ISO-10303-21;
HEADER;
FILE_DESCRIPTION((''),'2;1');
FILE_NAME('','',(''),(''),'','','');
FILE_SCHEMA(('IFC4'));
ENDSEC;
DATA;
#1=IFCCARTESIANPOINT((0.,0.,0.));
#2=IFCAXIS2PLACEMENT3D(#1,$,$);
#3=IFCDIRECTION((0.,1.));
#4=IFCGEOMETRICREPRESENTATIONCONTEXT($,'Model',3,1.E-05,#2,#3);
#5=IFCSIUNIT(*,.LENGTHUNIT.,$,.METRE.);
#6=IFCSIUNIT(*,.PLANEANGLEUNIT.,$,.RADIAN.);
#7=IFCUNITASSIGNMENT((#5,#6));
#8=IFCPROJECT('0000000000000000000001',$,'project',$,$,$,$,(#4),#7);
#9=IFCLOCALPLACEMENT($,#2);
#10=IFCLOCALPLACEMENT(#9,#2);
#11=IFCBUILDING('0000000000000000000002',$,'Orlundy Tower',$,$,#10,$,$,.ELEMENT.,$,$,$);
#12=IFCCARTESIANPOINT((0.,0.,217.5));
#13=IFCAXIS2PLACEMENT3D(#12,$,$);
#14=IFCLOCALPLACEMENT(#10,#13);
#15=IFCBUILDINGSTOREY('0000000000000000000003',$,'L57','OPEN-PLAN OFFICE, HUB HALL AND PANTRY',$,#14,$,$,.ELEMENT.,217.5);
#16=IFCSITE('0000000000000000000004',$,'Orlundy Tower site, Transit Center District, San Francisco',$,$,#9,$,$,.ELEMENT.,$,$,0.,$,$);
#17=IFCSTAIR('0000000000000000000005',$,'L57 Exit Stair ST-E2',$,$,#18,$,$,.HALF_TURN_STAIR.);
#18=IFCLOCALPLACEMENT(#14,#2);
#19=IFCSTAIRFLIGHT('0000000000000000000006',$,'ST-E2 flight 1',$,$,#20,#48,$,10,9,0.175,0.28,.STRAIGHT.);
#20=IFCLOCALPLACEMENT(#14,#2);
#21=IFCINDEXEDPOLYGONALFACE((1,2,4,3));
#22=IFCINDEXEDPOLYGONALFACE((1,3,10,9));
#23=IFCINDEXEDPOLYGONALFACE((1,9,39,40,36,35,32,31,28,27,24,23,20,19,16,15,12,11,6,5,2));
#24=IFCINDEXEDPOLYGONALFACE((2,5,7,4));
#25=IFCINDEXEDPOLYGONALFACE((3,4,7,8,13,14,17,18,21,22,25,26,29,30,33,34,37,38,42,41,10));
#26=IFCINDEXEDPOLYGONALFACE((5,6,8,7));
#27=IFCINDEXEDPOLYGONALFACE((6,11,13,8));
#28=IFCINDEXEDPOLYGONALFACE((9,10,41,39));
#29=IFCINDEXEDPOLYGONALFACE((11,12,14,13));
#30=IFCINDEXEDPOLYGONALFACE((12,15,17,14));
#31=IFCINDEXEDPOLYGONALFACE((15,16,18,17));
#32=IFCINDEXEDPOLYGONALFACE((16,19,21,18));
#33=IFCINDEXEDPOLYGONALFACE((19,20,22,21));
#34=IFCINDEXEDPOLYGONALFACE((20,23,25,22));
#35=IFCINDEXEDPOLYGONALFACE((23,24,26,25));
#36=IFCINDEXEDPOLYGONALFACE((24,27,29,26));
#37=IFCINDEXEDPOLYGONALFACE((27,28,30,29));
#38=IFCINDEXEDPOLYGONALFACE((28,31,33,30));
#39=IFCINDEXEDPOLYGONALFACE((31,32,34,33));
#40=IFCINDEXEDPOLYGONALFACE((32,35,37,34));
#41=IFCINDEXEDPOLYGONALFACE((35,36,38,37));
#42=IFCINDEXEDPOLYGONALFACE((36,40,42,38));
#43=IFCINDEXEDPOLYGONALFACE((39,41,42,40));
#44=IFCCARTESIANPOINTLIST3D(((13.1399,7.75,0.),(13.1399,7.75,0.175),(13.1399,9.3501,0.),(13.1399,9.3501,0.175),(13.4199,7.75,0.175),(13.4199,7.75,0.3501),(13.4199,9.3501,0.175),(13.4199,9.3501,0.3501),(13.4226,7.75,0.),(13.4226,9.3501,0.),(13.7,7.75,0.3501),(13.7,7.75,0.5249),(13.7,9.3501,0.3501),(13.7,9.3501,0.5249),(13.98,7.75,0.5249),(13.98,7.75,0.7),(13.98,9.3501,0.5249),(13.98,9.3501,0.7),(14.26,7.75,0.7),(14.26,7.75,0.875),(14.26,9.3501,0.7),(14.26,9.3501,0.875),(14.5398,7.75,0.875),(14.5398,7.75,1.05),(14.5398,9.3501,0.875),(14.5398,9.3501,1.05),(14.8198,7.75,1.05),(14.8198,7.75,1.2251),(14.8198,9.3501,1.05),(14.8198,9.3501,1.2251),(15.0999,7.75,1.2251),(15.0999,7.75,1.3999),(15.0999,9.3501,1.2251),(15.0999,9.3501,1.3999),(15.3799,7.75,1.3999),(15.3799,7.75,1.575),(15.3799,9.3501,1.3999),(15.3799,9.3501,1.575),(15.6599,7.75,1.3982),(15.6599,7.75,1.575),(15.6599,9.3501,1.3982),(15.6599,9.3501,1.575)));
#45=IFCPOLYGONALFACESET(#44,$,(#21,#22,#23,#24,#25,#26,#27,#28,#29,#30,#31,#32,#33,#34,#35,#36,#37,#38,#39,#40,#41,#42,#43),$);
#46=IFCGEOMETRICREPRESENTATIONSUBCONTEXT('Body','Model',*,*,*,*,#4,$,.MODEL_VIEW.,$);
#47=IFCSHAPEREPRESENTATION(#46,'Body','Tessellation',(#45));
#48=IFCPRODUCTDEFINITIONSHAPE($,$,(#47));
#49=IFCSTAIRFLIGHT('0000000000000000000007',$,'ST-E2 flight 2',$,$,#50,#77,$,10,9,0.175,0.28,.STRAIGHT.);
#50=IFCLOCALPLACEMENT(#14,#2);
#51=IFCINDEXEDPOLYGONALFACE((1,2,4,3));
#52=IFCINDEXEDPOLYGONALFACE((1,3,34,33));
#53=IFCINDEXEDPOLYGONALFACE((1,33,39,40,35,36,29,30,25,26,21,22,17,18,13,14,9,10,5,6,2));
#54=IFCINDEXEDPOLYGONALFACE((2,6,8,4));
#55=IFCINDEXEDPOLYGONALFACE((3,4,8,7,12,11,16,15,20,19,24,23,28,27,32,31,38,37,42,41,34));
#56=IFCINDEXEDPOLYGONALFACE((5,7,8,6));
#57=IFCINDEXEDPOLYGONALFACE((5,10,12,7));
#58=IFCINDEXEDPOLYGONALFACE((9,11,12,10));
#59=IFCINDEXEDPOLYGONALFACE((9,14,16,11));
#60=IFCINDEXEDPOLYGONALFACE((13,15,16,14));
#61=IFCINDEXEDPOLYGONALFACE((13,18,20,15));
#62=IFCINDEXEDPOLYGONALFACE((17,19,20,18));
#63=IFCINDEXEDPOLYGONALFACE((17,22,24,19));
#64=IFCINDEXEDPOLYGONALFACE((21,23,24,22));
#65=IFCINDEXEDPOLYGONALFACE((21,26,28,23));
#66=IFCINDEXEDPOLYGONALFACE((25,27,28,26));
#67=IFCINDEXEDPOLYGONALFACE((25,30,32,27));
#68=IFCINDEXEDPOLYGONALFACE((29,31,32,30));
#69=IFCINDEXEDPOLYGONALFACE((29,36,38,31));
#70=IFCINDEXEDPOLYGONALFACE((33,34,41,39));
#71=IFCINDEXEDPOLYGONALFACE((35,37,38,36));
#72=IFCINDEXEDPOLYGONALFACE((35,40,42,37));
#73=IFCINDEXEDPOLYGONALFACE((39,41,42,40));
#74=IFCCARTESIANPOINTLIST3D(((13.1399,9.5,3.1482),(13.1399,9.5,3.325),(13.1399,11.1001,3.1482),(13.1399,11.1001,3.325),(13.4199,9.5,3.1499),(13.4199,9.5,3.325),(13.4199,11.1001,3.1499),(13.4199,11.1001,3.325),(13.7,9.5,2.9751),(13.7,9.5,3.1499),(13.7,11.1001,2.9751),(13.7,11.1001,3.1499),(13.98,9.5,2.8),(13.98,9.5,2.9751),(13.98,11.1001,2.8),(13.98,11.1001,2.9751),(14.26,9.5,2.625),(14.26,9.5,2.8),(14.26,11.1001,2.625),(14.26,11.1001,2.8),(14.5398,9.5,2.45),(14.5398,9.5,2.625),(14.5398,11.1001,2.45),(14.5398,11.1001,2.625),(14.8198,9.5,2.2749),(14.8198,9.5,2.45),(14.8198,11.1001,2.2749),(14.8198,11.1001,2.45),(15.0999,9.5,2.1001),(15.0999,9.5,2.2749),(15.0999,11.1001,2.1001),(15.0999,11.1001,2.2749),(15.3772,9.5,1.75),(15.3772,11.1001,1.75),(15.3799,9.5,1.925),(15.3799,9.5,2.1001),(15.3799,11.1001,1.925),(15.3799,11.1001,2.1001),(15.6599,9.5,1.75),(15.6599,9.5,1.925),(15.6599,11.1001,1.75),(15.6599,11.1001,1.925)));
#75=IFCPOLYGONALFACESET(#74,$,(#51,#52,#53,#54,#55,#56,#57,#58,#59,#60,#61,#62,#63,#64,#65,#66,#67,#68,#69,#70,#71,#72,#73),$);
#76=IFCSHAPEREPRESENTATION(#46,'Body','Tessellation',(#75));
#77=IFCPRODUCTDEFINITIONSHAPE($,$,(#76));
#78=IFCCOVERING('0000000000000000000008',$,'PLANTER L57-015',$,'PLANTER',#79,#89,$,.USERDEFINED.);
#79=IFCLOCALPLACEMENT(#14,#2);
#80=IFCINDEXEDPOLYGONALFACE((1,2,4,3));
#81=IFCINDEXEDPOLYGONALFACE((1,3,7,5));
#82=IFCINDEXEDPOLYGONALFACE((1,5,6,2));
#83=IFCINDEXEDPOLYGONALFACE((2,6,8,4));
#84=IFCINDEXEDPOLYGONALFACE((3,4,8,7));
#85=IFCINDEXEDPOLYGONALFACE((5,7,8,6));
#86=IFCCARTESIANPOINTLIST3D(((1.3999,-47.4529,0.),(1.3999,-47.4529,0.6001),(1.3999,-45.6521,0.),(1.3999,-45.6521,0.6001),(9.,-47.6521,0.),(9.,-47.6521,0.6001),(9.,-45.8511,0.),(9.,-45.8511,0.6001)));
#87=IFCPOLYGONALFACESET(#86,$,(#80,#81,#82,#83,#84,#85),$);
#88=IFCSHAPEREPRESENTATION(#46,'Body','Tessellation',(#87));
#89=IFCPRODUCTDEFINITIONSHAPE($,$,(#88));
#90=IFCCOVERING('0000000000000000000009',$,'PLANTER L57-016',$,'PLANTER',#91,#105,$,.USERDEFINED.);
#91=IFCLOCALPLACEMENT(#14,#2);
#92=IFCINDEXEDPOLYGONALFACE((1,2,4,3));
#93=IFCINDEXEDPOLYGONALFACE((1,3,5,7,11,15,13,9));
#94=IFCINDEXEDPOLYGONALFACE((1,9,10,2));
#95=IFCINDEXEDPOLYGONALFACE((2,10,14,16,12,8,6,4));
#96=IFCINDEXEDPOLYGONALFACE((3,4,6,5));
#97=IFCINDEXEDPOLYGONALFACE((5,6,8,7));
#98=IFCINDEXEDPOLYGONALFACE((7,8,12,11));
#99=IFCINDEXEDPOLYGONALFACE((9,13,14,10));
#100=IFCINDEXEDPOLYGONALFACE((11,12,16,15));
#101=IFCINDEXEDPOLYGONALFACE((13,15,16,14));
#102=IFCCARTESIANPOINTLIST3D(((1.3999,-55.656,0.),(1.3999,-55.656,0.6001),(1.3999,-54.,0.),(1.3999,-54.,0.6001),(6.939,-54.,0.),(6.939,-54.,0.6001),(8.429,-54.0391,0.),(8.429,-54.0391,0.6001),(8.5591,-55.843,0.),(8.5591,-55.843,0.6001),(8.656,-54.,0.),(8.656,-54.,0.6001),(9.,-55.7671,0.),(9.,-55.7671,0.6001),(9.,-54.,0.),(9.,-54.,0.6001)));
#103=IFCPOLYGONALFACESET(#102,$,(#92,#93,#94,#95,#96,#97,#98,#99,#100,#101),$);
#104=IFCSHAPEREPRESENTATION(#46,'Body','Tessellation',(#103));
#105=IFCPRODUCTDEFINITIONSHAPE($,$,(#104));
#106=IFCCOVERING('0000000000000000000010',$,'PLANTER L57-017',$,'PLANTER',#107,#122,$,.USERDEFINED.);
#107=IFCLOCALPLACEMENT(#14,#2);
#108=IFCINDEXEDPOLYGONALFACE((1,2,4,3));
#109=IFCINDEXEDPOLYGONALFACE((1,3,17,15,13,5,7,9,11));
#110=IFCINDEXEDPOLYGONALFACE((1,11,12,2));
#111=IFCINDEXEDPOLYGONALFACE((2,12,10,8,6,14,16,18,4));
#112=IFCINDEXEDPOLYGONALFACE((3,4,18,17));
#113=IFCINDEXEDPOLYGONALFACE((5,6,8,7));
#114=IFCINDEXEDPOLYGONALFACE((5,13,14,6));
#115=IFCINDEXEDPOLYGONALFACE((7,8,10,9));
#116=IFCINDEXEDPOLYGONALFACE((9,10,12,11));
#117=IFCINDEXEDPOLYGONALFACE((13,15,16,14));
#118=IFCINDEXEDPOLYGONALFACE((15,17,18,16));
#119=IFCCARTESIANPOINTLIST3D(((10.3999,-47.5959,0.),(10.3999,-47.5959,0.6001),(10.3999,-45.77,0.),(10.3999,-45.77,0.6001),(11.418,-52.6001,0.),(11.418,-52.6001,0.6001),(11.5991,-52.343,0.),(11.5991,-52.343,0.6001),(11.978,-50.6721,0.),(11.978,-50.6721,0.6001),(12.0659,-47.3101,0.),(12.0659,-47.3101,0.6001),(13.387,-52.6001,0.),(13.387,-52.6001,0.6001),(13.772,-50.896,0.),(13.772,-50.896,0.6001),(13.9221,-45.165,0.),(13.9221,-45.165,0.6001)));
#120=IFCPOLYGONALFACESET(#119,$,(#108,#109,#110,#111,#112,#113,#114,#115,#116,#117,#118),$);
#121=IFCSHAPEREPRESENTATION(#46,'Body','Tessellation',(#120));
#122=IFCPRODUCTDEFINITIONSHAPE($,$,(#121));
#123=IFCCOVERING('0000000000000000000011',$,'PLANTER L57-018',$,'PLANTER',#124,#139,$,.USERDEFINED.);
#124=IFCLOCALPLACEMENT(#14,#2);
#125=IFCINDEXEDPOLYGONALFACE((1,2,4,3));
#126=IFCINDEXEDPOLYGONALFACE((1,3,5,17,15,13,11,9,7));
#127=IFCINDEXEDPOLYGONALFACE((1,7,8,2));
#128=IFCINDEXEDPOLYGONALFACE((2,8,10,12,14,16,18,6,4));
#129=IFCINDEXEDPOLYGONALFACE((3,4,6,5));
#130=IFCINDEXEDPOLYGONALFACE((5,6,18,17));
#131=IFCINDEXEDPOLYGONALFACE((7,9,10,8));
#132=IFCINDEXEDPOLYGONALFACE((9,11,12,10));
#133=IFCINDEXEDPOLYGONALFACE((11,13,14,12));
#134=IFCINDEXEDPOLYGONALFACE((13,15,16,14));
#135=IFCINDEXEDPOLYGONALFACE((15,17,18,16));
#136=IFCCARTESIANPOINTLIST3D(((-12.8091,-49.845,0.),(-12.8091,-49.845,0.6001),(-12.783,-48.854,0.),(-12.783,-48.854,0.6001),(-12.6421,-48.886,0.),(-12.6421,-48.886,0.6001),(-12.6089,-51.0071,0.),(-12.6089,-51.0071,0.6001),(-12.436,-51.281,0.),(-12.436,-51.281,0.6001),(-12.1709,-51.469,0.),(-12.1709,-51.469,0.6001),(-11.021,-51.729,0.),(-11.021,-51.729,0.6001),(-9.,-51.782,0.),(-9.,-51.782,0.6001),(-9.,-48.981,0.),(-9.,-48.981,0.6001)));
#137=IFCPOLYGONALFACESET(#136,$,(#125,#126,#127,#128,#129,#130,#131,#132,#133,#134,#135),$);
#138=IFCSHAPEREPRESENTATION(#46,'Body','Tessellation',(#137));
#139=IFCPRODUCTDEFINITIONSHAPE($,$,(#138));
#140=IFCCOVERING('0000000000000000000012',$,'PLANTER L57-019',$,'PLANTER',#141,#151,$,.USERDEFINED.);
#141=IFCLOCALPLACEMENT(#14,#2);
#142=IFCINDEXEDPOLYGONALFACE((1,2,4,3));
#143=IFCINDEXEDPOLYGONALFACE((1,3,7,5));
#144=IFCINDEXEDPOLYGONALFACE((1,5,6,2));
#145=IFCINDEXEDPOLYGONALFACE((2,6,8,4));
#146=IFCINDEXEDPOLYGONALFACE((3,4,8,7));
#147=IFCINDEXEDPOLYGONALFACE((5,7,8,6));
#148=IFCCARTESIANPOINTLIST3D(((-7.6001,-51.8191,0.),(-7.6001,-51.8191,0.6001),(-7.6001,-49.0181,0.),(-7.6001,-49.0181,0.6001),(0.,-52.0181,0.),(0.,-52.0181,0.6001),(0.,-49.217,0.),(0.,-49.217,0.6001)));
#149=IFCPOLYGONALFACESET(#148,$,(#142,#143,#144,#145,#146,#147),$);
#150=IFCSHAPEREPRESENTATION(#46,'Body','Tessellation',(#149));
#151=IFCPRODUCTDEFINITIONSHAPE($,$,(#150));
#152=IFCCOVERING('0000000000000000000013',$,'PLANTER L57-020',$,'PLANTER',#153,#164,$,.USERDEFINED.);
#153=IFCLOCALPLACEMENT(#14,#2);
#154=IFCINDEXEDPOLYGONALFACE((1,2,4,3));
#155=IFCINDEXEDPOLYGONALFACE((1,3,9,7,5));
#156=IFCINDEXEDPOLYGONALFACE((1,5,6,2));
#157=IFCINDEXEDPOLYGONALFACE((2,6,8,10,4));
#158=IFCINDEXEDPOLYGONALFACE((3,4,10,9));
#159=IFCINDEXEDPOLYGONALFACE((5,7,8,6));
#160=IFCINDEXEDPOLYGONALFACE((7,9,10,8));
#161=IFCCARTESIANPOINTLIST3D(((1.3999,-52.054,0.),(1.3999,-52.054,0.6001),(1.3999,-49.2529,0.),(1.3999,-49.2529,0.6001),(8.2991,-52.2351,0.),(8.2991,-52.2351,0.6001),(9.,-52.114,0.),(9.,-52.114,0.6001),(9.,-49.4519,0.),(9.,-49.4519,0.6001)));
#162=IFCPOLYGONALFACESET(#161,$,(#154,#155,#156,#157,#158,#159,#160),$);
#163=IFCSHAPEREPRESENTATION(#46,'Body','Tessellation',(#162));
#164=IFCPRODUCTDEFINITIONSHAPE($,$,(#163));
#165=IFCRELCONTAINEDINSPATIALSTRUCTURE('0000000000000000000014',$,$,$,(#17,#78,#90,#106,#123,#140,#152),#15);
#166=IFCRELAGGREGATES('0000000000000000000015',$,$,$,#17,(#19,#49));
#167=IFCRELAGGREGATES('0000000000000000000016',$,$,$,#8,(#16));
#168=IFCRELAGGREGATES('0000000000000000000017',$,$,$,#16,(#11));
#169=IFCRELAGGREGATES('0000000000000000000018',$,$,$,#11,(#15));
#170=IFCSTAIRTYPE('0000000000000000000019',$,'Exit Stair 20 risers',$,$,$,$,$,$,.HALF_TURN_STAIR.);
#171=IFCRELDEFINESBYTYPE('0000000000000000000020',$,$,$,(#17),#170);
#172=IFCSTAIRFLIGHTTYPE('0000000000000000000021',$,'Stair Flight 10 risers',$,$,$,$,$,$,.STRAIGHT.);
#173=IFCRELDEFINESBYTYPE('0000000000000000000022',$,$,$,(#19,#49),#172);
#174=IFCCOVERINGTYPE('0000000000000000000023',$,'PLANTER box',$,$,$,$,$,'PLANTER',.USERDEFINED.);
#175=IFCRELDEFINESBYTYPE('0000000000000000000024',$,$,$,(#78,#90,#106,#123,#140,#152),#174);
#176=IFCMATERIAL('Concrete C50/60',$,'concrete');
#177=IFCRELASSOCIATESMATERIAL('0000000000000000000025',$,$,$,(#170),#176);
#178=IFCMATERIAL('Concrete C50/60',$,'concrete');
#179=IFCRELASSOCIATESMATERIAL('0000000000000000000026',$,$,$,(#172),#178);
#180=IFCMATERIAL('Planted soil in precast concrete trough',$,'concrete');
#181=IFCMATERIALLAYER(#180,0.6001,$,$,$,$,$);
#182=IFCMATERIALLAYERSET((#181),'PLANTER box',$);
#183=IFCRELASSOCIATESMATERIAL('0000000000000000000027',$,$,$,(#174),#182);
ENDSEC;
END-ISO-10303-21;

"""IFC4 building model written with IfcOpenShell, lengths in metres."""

from ifc_helpers import new_model, si_unit, direction, frame, origin, place, context, subcontext, project, spatial, polyline, outline, extrude, material, layer, layer_set, type_object, element, aggregate, save


model = new_model("IFC4")

# Units and contexts
model_context = context("Model", 3, precision=1e-05, world=origin(), true_north=direction((0.0, 1.0)))
body_context = subcontext(model_context, "Body", "Model", "MODEL_VIEW")
ifc_project = project(units=[si_unit("LENGTHUNIT", "METRE"), si_unit("PLANEANGLEUNIT", "RADIAN")], contexts=[model_context])

# Site, building, storey
site_placement = place(None, origin())
site = spatial("IfcSite", under=ifc_project, at=site_placement, Name="Orlundy Tower site, Transit Center District, San Francisco", CompositionType="ELEMENT", RefElevation=0.0)
building_placement = place(site_placement, origin())
building = spatial("IfcBuilding", under=site, at=building_placement, Name="Orlundy Tower", CompositionType="ELEMENT")
storey_placement = place(building_placement, frame((0.0, 0.0, 217.5)))
storey = spatial("IfcBuildingStorey", under=building, at=storey_placement, Name="L57", Description="OPEN-PLAN OFFICE, HUB HALL AND PANTRY", CompositionType="ELEMENT", Elevation=217.5)

# Stair, stair flights
ifc_material_1 = material(Name="Concrete C50/60", Category="concrete")
stair_type = type_object("IfcStairType", Name="Exit Stair 20 risers", PredefinedType="HALF_TURN_STAIR", material=ifc_material_1)
stair_placement = place(storey_placement, origin())
stair = element("IfcStair", 1, at=stair_placement, inside=storey, type_object=stair_type, Name="L57 Exit Stair ST-E2", PredefinedType="HALF_TURN_STAIR")
ifc_material_2 = material(Name="Concrete C50/60", Category="concrete")
stair_flight_type = type_object("IfcStairFlightType", Name="Stair Flight 10 risers", PredefinedType="STRAIGHT", material=ifc_material_2)
stair_flight_1_placement = place(storey_placement, frame((13.1399, 8.55, 0.0), z_axis=(0.0, 0.0, 1.0), x_axis=(1.0, 0.0, 0.0)))
stair_flight_1 = element("IfcStairFlight", 2, at=stair_flight_1_placement, type_object=stair_flight_type, Name="ST-E2 flight 1", NumberOfRisers=10, NumberOfTreads=9, PredefinedType="STRAIGHT", RiserHeight=0.175, TreadLength=0.28, context=body_context, shape_type="SweptSolid", body=[
    extrude(outline(polyline([(0.0, 0.0), (0.0, 0.175), (0.28, 0.175), (0.28, 0.3501), (0.5601, 0.3501), (0.5601, 0.5249), (0.8401, 0.5249), (0.8401, 0.7), (1.1201, 0.7), (1.1201, 0.875), (1.3999, 0.875), (1.3999, 1.05), (1.6799, 1.05), (1.6799, 1.2251), (1.96, 1.2251), (1.96, 1.3999), (2.24, 1.3999), (2.24, 1.575), (2.52, 1.575), (2.52, 1.75), (2.52, 1.3982), (0.2827, 0.0), (0.0, 0.0)])), frame((0.0, 0.8, 0.0), z_axis=(0.0, -1.0, 0.0), x_axis=(1.0, 0.0, 0.0)), (0.0, 0.0, 1.0), 1.6001),
])
stair_flight_2_placement = place(storey_placement, frame((15.6599, 10.3, 1.75), z_axis=(0.0, 0.0, 1.0), x_axis=(-1.0, 0.0, 0.0)))
stair_flight_2 = element("IfcStairFlight", 3, at=stair_flight_2_placement, type_object=stair_flight_type, Name="ST-E2 flight 2", NumberOfRisers=10, NumberOfTreads=9, PredefinedType="STRAIGHT", RiserHeight=0.175, TreadLength=0.28, context=body_context, shape_type="SweptSolid", body=[
    extrude(outline(polyline([(0.0, 0.0), (0.0, 0.175), (0.28, 0.175), (0.28, 0.3501), (0.5601, 0.3501), (0.5601, 0.5249), (0.8401, 0.5249), (0.8401, 0.7), (1.1201, 0.7), (1.1201, 0.875), (1.3999, 0.875), (1.3999, 1.05), (1.6799, 1.05), (1.6799, 1.2251), (1.96, 1.2251), (1.96, 1.3999), (2.24, 1.3999), (2.24, 1.575), (2.52, 1.575), (2.52, 1.75), (2.52, 1.3982), (0.2827, 0.0), (0.0, 0.0)])), frame((0.0, 0.8, 0.0), z_axis=(0.0, -1.0, 0.0), x_axis=(1.0, 0.0, 0.0)), (0.0, 0.0, 1.0), 1.6001),
])
aggregate(stair, [stair_flight_1, stair_flight_2])

# Coverings
ifc_material_3 = material(Name="Planted soil in precast concrete trough", Category="concrete")
ifc_layer_1 = layer(ifc_material_3, 0.6001)
ifc_layer_set_1 = layer_set([ifc_layer_1], Name="PLANTER box")
covering_type = type_object("IfcCoveringType", Name="PLANTER box", ElementType="PLANTER", PredefinedType="USERDEFINED", material=ifc_layer_set_1)
covering_1_placement = place(storey_placement, origin())
element("IfcCovering", 4, at=covering_1_placement, inside=storey, type_object=covering_type, Name="PLANTER L57-015", ObjectType="PLANTER", PredefinedType="USERDEFINED", context=body_context, shape_type="SweptSolid", body=[
    extrude(outline(polyline([(9.0, -45.8511), (9.0, -47.6521), (1.3999, -47.4529), (1.3999, -45.6521), (9.0, -45.8511)])), origin(), (0.0, 0.0, 1.0), 0.6001),
])
covering_2_placement = place(storey_placement, origin())
element("IfcCovering", 5, at=covering_2_placement, inside=storey, type_object=covering_type, Name="PLANTER L57-016", ObjectType="PLANTER", PredefinedType="USERDEFINED", context=body_context, shape_type="SweptSolid", body=[
    extrude(outline(polyline([(8.5591, -55.843), (1.3999, -55.656), (1.3999, -54.0), (6.939, -54.0), (8.429, -54.0391), (8.656, -54.0), (9.0, -54.0), (9.0, -55.7671), (8.5591, -55.843)])), origin(), (0.0, 0.0, 1.0), 0.6001),
])
covering_3_placement = place(storey_placement, origin())
element("IfcCovering", 6, at=covering_3_placement, inside=storey, type_object=covering_type, Name="PLANTER L57-017", ObjectType="PLANTER", PredefinedType="USERDEFINED", context=body_context, shape_type="SweptSolid", body=[
    extrude(outline(polyline([(13.9221, -45.165), (13.772, -50.896), (13.387, -52.6001), (11.418, -52.6001), (11.5991, -52.343), (11.978, -50.6721), (12.0659, -47.3101), (10.3999, -47.5959), (10.3999, -45.77), (13.9221, -45.165)])), origin(), (0.0, 0.0, 1.0), 0.6001),
])
covering_4_placement = place(storey_placement, origin())
element("IfcCovering", 7, at=covering_4_placement, inside=storey, type_object=covering_type, Name="PLANTER L57-018", ObjectType="PLANTER", PredefinedType="USERDEFINED", context=body_context, shape_type="SweptSolid", body=[
    extrude(outline(polyline([(-12.6421, -48.886), (-9.0, -48.981), (-9.0, -51.782), (-11.021, -51.729), (-12.1709, -51.469), (-12.436, -51.281), (-12.6089, -51.0071), (-12.8091, -49.845), (-12.783, -48.854), (-12.6421, -48.886)])), origin(), (0.0, 0.0, 1.0), 0.6001),
])
covering_5_placement = place(storey_placement, origin())
element("IfcCovering", 8, at=covering_5_placement, inside=storey, type_object=covering_type, Name="PLANTER L57-019", ObjectType="PLANTER", PredefinedType="USERDEFINED", context=body_context, shape_type="SweptSolid", body=[
    extrude(outline(polyline([(0.0, -49.217), (0.0, -52.0181), (-7.6001, -51.8191), (-7.6001, -49.0181), (0.0, -49.217)])), origin(), (0.0, 0.0, 1.0), 0.6001),
])
covering_6_placement = place(storey_placement, origin())
element("IfcCovering", 9, at=covering_6_placement, inside=storey, type_object=covering_type, Name="PLANTER L57-020", ObjectType="PLANTER", PredefinedType="USERDEFINED", context=body_context, shape_type="SweptSolid", body=[
    extrude(outline(polyline([(9.0, -49.4519), (9.0, -52.114), (8.2991, -52.2351), (1.3999, -52.054), (1.3999, -49.2529), (9.0, -49.4519)])), origin(), (0.0, 0.0, 1.0), 0.6001),
])

save(model, "model.ifc")
